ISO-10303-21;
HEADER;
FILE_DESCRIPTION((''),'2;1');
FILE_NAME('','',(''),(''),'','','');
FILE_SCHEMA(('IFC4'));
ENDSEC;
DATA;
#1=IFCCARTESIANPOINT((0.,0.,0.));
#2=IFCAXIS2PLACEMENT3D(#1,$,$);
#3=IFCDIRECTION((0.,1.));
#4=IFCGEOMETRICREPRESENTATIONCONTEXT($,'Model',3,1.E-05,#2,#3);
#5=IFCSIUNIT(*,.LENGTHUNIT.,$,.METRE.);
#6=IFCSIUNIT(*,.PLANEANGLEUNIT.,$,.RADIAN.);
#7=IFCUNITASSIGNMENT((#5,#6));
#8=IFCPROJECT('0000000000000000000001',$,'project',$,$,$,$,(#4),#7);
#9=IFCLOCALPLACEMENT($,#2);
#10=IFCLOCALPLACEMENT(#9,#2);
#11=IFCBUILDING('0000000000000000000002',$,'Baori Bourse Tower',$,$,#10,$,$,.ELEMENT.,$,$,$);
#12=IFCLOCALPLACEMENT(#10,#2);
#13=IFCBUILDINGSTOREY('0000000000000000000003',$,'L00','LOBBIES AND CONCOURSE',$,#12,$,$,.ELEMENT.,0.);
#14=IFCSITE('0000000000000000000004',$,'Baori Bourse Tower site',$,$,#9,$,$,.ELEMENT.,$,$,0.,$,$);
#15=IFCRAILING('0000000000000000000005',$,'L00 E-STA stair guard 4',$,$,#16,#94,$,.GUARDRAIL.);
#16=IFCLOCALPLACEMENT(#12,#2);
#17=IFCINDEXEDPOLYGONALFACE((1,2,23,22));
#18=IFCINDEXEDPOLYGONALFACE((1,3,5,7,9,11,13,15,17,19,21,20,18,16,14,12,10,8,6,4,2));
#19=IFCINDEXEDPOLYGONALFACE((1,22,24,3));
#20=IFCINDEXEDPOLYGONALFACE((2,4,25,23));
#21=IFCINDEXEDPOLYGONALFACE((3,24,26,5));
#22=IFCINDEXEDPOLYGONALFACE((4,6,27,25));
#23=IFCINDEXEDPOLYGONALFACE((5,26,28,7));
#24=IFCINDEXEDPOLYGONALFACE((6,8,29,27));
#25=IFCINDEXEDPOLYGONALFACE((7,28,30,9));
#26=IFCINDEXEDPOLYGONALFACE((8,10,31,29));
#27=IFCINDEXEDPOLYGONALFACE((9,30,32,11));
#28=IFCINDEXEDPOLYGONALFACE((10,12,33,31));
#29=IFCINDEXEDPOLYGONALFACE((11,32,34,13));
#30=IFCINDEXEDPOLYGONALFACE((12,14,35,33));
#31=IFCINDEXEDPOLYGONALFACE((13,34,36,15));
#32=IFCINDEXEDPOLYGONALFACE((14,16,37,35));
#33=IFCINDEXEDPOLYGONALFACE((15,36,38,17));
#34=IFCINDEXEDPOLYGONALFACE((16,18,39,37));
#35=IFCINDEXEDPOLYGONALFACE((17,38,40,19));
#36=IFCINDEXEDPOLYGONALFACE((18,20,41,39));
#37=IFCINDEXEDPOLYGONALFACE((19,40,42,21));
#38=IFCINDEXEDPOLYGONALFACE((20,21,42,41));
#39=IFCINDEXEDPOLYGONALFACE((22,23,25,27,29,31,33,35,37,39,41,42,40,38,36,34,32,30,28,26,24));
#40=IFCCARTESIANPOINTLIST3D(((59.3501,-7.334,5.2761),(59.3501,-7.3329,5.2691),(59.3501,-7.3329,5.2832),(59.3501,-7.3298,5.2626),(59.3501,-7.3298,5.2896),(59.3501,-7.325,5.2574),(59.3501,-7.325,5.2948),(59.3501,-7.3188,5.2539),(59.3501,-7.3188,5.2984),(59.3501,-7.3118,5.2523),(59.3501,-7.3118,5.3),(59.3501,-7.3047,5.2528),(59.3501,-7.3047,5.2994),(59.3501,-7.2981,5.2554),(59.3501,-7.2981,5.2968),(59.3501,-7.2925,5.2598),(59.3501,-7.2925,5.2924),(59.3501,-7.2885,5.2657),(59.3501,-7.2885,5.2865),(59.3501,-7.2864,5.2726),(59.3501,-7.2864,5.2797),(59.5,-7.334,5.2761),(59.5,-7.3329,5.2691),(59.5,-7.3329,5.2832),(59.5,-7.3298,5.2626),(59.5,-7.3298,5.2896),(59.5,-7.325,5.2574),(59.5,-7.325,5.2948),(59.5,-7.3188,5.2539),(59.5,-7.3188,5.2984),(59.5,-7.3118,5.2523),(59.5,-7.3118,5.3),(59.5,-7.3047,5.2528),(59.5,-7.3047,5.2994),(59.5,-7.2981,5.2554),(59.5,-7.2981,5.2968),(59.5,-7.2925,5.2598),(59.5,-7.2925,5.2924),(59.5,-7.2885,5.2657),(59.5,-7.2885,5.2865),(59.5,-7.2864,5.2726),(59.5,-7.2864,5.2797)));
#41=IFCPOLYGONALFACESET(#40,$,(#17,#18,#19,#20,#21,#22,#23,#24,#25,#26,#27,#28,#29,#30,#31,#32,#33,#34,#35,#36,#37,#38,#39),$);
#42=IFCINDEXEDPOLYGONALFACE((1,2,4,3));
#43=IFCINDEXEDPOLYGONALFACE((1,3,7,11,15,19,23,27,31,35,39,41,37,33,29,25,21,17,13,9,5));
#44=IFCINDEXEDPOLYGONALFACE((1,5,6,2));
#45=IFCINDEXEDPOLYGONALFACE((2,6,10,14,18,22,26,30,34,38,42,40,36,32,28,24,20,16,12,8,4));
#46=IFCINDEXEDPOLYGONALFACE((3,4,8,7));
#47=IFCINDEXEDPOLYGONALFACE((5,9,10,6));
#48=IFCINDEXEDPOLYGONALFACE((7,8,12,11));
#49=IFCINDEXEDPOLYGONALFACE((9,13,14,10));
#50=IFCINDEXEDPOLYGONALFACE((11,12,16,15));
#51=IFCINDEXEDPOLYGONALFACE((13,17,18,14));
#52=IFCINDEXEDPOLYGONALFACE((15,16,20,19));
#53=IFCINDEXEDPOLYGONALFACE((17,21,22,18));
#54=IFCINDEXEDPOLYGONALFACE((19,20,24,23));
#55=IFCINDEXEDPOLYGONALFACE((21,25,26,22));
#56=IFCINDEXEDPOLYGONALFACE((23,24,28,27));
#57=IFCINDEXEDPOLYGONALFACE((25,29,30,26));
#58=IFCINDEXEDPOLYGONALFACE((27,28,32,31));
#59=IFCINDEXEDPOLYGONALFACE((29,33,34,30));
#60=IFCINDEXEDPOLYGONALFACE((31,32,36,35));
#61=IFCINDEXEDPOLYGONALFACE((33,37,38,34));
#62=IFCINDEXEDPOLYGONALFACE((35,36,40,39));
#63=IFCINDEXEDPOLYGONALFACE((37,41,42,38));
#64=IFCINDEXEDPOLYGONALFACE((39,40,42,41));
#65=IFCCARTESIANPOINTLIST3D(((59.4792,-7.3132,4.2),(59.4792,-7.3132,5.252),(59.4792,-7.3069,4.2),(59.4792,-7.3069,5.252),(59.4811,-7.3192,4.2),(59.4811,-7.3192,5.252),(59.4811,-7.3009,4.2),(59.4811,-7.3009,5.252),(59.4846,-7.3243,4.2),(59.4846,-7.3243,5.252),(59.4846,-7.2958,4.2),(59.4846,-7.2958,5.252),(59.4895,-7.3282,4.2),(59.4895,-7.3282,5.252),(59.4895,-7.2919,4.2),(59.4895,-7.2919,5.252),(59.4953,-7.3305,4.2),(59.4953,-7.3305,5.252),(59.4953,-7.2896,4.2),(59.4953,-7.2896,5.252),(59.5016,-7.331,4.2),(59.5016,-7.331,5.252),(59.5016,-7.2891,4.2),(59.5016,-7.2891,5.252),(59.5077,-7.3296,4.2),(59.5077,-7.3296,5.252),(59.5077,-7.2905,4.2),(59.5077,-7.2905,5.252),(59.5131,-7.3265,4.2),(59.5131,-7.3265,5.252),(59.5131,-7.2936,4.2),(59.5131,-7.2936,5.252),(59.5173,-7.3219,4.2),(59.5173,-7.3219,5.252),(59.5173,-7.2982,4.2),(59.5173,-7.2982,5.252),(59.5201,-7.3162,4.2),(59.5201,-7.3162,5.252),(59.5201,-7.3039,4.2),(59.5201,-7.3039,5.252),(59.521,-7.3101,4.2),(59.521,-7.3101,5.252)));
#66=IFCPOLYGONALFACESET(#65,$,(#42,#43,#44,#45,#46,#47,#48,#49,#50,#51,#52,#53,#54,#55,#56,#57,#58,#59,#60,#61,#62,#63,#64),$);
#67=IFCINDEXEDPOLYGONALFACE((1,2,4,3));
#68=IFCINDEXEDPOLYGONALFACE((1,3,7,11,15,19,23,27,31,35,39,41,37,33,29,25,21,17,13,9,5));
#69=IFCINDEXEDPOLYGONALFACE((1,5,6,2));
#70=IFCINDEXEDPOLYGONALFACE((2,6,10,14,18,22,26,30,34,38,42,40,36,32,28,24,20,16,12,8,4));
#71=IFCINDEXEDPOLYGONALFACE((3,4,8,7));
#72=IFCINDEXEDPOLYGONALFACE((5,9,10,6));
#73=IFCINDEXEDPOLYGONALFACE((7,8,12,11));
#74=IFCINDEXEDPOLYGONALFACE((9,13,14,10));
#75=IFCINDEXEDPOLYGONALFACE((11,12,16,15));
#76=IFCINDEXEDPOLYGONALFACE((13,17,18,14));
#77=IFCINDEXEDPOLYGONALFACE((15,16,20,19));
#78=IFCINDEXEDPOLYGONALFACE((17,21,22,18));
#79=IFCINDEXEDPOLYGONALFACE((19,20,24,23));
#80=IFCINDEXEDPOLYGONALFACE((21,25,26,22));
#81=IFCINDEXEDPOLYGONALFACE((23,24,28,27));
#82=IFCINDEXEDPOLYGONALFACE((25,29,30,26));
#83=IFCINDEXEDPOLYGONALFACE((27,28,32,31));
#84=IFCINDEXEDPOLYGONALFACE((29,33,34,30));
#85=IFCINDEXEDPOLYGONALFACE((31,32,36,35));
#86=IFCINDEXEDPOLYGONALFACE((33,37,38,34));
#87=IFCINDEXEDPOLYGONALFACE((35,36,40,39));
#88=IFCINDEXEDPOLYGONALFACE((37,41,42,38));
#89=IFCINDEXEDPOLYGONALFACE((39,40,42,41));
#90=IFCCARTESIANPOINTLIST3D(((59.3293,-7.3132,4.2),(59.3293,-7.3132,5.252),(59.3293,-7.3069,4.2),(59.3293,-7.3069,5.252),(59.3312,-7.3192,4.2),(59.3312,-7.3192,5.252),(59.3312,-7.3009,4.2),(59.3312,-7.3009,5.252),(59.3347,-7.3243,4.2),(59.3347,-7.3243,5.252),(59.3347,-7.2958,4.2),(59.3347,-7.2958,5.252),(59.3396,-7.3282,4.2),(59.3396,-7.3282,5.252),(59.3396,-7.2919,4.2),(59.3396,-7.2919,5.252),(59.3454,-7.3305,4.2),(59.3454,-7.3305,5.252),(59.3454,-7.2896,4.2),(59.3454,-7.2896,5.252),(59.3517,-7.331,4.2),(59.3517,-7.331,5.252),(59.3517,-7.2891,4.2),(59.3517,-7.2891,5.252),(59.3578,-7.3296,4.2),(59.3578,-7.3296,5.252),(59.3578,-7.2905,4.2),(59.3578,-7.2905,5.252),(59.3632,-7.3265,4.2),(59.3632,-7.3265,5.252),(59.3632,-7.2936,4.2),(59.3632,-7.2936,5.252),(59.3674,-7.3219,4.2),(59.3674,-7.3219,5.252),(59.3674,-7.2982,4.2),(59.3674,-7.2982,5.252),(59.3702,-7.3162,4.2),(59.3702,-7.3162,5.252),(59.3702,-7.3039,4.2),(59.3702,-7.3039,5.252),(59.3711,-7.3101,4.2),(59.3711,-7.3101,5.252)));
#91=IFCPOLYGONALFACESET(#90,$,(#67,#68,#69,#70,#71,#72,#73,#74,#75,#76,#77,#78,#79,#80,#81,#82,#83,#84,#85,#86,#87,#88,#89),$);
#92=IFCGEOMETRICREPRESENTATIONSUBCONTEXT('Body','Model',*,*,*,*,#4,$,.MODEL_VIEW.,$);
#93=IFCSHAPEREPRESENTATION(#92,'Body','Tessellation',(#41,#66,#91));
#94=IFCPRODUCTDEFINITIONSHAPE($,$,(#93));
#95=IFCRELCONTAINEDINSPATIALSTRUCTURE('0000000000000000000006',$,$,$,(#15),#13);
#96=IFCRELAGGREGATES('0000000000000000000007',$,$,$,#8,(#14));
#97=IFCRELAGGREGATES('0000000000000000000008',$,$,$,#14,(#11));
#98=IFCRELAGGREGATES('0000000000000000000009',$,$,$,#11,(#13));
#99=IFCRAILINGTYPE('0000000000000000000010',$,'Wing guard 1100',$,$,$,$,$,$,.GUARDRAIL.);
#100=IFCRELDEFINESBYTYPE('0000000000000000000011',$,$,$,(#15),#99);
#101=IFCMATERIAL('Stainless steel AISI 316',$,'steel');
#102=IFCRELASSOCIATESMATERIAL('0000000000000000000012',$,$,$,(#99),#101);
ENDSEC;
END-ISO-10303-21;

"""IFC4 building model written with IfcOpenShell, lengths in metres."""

from ifc_helpers import new_model, si_unit, direction, frame, origin, origin_2d, place, context, subcontext, project, spatial, circle, extrude, material, type_object, element, save


model = new_model("IFC4")

# Units and contexts
model_context = context("Model", 3, precision=1e-05, world=origin(), true_north=direction((0.0, 1.0)))
body_context = subcontext(model_context, "Body", "Model", "MODEL_VIEW")
ifc_project = project(units=[si_unit("LENGTHUNIT", "METRE"), si_unit("PLANEANGLEUNIT", "RADIAN")], contexts=[model_context])

# Site, building, storey
site_placement = place(None, origin())
site = spatial("IfcSite", under=ifc_project, at=site_placement, Name="Baori Bourse Tower site", CompositionType="ELEMENT", RefElevation=0.0)
building_placement = place(site_placement, origin())
building = spatial("IfcBuilding", under=site, at=building_placement, Name="Baori Bourse Tower", CompositionType="ELEMENT")
storey_placement = place(building_placement, origin())
storey = spatial("IfcBuildingStorey", under=building, at=storey_placement, Name="L00", Description="LOBBIES AND CONCOURSE", CompositionType="ELEMENT", Elevation=0.0)

# Railing
ifc_material_1 = material(Name="Stainless steel AISI 316", Category="steel")
railing_type_1 = type_object("IfcRailingType", Name="Wing guard 1100", PredefinedType="GUARDRAIL", material=ifc_material_1)
railing_1_placement = place(storey_placement, frame((59.5, -7.3101, 4.2)))
element("IfcRailing", 1, at=railing_1_placement, inside=storey, type_object=railing_type_1, Name="L00 E-STA stair guard 4", PredefinedType="GUARDRAIL", context=body_context, shape_type="SweptSolid", body=[
    extrude(circle(Radius=0.0239, at=origin_2d()), frame((0.0, 0.0, 1.0762), z_axis=(-1.0, 0.0, 0.0), x_axis=(0.0, -1.0, 0.0)), (0.0, 0.0, 1.0), 0.1499),
    extrude(circle(Radius=0.021, at=origin_2d()), origin(), (0.0, 0.0, 1.0), 1.052),
    extrude(circle(Radius=0.021, at=origin_2d()), frame((-0.1499, 0.0, 0.0)), (0.0, 0.0, 1.0), 1.052),
])

save(model, "model.ifc")
